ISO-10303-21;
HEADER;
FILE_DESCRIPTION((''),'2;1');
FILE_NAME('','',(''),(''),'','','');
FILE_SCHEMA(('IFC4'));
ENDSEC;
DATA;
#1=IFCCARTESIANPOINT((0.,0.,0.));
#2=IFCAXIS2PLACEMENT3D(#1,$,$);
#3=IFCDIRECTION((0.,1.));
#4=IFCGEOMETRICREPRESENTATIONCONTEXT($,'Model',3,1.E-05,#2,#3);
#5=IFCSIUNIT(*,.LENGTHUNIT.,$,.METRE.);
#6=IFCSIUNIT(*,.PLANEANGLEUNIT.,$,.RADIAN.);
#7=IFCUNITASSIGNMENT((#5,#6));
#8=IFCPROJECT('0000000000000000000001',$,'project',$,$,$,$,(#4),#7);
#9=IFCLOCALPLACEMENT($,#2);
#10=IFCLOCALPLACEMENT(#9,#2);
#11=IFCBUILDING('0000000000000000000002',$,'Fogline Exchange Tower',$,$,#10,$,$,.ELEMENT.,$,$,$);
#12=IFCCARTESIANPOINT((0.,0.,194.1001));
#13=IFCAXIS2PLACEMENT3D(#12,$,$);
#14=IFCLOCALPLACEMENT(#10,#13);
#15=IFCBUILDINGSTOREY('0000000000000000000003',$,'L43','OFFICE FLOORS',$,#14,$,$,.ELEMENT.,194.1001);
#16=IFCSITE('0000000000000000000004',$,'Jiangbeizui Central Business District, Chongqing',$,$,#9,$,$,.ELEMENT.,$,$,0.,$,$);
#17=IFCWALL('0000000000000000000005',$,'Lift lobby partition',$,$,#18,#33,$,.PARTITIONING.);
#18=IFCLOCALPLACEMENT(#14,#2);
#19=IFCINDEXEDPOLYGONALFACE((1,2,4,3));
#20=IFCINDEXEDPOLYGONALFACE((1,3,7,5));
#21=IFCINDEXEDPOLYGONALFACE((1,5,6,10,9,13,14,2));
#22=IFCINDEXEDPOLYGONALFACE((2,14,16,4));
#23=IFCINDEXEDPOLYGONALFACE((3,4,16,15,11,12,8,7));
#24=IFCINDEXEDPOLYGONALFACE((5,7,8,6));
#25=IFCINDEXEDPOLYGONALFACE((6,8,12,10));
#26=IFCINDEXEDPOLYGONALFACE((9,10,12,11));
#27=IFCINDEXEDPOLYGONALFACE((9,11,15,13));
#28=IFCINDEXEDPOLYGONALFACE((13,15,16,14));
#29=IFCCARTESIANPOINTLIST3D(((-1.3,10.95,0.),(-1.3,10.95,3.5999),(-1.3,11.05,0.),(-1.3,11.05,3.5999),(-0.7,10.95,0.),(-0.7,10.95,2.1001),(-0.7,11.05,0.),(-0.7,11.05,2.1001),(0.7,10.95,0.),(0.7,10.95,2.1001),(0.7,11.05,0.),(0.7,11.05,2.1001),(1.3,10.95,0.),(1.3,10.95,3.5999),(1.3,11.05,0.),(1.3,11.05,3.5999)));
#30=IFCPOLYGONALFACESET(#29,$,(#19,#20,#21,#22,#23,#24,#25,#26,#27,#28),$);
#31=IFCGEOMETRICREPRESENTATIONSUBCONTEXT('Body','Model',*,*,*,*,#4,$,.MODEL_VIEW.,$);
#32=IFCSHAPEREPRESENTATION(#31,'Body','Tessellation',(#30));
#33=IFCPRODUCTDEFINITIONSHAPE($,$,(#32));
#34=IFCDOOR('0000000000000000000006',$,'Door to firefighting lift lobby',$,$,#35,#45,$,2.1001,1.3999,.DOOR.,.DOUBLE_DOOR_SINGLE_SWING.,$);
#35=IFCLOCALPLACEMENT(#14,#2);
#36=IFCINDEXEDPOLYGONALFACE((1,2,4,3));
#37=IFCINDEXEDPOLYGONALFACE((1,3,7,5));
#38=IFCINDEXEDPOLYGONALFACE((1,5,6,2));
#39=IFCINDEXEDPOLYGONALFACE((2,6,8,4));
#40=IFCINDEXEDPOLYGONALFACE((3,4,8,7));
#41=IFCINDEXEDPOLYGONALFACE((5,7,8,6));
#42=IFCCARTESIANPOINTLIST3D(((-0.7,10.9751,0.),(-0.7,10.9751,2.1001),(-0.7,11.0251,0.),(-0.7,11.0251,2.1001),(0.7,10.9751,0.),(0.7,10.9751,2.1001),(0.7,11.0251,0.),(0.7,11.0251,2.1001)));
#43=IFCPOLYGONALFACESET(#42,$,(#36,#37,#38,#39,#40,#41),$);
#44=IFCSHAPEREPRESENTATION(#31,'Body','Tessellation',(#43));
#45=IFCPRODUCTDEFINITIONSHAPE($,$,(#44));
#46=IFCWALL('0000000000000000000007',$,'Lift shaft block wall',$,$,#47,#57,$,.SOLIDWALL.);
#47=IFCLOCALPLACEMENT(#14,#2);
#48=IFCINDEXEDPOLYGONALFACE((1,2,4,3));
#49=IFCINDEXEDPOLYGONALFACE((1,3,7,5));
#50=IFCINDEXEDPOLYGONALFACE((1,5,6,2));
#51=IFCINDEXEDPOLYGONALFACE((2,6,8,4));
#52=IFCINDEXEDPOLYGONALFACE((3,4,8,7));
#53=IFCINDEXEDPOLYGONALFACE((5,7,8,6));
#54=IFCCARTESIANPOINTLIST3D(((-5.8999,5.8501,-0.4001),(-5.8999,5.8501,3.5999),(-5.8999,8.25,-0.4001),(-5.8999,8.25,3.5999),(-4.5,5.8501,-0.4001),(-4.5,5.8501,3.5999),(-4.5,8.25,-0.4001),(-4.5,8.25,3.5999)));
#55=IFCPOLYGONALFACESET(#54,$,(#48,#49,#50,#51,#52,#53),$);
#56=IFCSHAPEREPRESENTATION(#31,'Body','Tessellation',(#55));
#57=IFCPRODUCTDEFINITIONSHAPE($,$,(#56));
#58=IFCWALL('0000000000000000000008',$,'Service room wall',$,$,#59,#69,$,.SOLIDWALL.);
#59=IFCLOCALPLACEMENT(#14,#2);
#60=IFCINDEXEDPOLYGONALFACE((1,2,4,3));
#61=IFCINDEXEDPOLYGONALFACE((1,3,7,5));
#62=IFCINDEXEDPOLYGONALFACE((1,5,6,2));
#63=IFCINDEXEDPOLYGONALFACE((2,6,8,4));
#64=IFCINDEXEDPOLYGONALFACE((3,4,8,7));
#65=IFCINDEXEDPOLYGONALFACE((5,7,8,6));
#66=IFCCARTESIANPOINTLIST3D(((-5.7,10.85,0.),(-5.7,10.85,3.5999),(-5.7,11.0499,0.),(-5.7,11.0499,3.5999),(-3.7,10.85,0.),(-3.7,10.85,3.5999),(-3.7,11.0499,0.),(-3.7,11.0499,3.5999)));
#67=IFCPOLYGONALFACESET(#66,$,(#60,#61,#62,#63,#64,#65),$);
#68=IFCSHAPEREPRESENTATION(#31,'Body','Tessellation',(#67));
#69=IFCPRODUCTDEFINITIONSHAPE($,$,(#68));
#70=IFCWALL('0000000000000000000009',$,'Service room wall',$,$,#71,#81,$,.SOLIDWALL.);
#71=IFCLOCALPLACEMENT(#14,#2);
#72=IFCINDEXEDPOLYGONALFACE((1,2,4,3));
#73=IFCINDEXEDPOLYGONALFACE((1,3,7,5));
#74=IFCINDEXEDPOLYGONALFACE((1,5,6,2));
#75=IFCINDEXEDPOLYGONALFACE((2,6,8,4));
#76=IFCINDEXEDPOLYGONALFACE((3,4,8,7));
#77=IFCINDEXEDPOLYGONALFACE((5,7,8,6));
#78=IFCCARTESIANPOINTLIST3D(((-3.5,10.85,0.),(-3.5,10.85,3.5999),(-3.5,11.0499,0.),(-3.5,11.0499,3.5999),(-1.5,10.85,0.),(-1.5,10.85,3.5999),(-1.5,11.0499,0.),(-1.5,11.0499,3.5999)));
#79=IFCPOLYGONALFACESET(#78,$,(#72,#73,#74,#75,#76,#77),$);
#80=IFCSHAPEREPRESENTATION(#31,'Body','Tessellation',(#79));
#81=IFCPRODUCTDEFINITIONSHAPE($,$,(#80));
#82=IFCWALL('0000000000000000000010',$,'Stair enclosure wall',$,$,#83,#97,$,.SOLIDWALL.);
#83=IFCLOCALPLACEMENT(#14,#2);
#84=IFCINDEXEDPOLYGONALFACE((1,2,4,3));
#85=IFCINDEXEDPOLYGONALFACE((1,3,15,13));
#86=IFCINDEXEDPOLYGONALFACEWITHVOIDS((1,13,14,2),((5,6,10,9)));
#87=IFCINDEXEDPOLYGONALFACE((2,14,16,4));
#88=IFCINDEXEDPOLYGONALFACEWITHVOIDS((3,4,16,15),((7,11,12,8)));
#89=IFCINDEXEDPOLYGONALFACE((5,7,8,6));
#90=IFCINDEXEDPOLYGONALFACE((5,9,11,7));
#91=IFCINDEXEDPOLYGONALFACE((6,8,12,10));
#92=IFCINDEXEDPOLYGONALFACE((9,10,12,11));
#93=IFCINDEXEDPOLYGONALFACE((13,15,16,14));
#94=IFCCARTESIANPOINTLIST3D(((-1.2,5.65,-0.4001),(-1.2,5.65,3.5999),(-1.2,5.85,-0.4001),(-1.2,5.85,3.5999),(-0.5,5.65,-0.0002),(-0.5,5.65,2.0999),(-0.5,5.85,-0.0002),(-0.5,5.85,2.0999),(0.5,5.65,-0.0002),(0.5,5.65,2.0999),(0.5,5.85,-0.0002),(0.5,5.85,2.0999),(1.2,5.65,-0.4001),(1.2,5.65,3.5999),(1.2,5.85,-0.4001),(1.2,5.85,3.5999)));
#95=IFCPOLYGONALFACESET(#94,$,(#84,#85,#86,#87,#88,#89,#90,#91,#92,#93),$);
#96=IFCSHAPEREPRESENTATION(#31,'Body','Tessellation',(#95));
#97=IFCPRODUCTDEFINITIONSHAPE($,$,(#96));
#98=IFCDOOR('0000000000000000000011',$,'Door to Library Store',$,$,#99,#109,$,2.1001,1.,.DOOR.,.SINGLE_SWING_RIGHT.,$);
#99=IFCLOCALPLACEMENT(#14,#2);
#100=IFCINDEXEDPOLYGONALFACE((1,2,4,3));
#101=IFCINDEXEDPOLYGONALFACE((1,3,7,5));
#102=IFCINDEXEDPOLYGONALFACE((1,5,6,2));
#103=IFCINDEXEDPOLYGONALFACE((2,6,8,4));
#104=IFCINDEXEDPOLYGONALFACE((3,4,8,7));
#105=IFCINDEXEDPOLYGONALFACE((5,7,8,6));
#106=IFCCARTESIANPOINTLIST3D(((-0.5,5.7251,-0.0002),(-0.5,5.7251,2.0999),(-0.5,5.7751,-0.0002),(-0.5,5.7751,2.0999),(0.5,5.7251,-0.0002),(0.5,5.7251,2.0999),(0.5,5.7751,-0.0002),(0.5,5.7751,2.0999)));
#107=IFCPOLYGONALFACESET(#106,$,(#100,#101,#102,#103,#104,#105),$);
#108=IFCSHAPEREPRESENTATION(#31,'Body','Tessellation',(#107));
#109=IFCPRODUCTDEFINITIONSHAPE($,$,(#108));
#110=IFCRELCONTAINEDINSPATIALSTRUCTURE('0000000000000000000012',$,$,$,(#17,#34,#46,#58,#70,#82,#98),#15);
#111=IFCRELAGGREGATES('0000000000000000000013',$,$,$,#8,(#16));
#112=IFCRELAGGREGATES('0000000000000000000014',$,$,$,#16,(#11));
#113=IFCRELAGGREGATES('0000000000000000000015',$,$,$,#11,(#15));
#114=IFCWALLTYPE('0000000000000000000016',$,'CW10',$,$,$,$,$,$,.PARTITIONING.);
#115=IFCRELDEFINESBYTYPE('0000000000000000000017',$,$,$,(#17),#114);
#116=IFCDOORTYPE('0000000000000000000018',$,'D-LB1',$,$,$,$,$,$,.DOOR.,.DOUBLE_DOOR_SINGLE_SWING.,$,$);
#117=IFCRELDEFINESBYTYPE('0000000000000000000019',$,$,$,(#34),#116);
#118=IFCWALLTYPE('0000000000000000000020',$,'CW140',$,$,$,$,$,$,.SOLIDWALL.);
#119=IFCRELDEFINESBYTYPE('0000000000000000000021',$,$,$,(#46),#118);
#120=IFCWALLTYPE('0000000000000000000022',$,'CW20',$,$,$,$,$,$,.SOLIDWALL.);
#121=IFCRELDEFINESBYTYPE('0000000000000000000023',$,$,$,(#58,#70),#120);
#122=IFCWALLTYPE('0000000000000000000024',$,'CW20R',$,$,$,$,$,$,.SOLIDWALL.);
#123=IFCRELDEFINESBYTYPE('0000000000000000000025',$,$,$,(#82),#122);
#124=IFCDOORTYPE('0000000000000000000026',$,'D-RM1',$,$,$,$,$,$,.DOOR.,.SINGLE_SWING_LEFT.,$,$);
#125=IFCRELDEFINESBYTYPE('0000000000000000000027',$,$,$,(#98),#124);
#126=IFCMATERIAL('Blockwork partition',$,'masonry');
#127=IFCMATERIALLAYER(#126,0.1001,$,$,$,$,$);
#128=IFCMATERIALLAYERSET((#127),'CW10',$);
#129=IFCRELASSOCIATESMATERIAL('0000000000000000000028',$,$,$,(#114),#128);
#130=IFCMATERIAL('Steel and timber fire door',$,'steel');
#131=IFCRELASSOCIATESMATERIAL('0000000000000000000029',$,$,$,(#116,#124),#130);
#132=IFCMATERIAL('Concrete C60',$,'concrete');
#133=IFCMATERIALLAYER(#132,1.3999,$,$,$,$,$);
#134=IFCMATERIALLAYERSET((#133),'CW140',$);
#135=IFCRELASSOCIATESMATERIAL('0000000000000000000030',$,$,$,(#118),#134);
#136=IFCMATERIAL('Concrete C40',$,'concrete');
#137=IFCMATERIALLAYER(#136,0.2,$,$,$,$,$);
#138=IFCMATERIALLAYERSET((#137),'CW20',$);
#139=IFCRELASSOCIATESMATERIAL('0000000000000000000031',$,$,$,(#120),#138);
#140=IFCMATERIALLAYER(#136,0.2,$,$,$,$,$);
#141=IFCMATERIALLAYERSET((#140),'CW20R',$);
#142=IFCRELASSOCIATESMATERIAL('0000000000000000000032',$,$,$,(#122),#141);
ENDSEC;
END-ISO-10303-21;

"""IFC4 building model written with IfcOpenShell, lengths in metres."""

from ifc_helpers import new_model, si_unit, direction, frame, frame_2d, origin, place, context, subcontext, project, spatial, rectangle, extrude, material, layer, layer_set, type_object, element, fill, save


model = new_model("IFC4")

# Units and contexts
model_context = context("Model", 3, precision=1e-05, world=origin(), true_north=direction((0.0, 1.0)))
body_context = subcontext(model_context, "Body", "Model", "MODEL_VIEW")
ifc_project = project(units=[si_unit("LENGTHUNIT", "METRE"), si_unit("PLANEANGLEUNIT", "RADIAN")], contexts=[model_context])

# Site, building, storey
site_placement = place(None, origin())
site = spatial("IfcSite", under=ifc_project, at=site_placement, Name="Jiangbeizui Central Business District, Chongqing", CompositionType="ELEMENT", RefElevation=0.0)
building_placement = place(site_placement, origin())
building = spatial("IfcBuilding", under=site, at=building_placement, Name="Fogline Exchange Tower", CompositionType="ELEMENT")
storey_placement = place(building_placement, frame((0.0, 0.0, 194.1001)))
storey = spatial("IfcBuildingStorey", under=building, at=storey_placement, Name="L43", Description="OFFICE FLOORS", CompositionType="ELEMENT", Elevation=194.1001)

# Wall, opening, door
ifc_material_1 = material(Name="Blockwork partition", Category="masonry")
ifc_layer_1 = layer(ifc_material_1, 0.1001)
ifc_layer_set_1 = layer_set([ifc_layer_1], Name="CW10")
wall_type_1 = type_object("IfcWallType", Name="CW10", PredefinedType="PARTITIONING", material=ifc_layer_set_1)
wall_1_placement = place(storey_placement, frame((-1.3, 11.0, 0.0), z_axis=(0.0, 0.0, 1.0), x_axis=(1.0, 0.0, 0.0)))
wall_1 = element("IfcWall", 1, at=wall_1_placement, inside=storey, type_object=wall_type_1, Name="Lift lobby partition", PredefinedType="PARTITIONING", context=body_context, shape_type="SweptSolid", body=[
    extrude(rectangle(XDim=2.6001, YDim=0.1001, at=frame_2d((1.3, 0.0))), origin(), (0.0, 0.0, 1.0), 3.5999),
])
opening_1_placement = place(wall_1_placement, frame((0.6001, 0.0, 0.0)))
opening_1 = element("IfcOpeningElement", 2, at=opening_1_placement, cuts=wall_1, PredefinedType="OPENING", context=body_context, shape_type="SweptSolid", body=[
    extrude(rectangle(XDim=1.3999, YDim=2.1001, at=frame_2d((0.7, 1.05))), frame((0.0, 0.0601, 0.0), z_axis=(0.0, -1.0, 0.0), x_axis=(1.0, 0.0, 0.0)), (0.0, 0.0, 1.0), 0.1201),
])
ifc_material_2 = material(Name="Steel and timber fire door", Category="steel")
door_type_1 = type_object("IfcDoorType", Name="D-LB1", OperationType="DOUBLE_DOOR_SINGLE_SWING", PredefinedType="DOOR", material=ifc_material_2)
door_1_placement = place(opening_1_placement, frame((1.3999, 0.0, 0.0), z_axis=(0.0, 0.0, 1.0), x_axis=(-1.0, 0.0, 0.0)))
door_1 = element("IfcDoor", 3, at=door_1_placement, inside=storey, type_object=door_type_1, Name="Door to firefighting lift lobby", OperationType="DOUBLE_DOOR_SINGLE_SWING", OverallHeight=2.1001, OverallWidth=1.3999, PredefinedType="DOOR", context=body_context, shape_type="SweptSolid", body=[
    extrude(rectangle(XDim=1.3999, YDim=2.1001, at=frame_2d((0.7, 1.05))), frame((0.0, 0.0249, 0.0), z_axis=(0.0, -1.0, 0.0), x_axis=(1.0, 0.0, 0.0)), (0.0, 0.0, 1.0), 0.05),
])
fill(opening_1, door_1)

# Walls
ifc_material_3 = material(Name="Concrete C60", Category="concrete")
ifc_layer_2 = layer(ifc_material_3, 1.3999)
ifc_layer_set_2 = layer_set([ifc_layer_2], Name="CW140")
wall_type_2 = type_object("IfcWallType", Name="CW140", PredefinedType="SOLIDWALL", material=ifc_layer_set_2)
wall_2_placement = place(storey_placement, frame((-5.2, 5.8501, -0.4001), z_axis=(0.0, 0.0, 1.0), x_axis=(0.0, 1.0, 0.0)))
element("IfcWall", 4, at=wall_2_placement, inside=storey, type_object=wall_type_2, Name="Lift shaft block wall", PredefinedType="SOLIDWALL", context=body_context, shape_type="SweptSolid", body=[
    extrude(rectangle(XDim=2.3999, YDim=1.3999, at=frame_2d((1.2, 0.0))), origin(), (0.0, 0.0, 1.0), 4.0),
])
ifc_material_4 = material(Name="Concrete C40", Category="concrete")
ifc_layer_3 = layer(ifc_material_4, 0.2)
ifc_layer_set_3 = layer_set([ifc_layer_3], Name="CW20")
wall_type_3 = type_object("IfcWallType", Name="CW20", PredefinedType="SOLIDWALL", material=ifc_layer_set_3)
for number, where, z_axis, x_axis, name in (
    (5, (-5.7, 10.95, 0.0), (0.0, 0.0, 1.0), (1.0, 0.0, 0.0), "Service room wall"),
    (6, (-3.5, 10.95, 0.0), (0.0, 0.0, 1.0), (1.0, 0.0, 0.0), "Service room wall"),
):
    element("IfcWall", number, at=place(storey_placement, frame(where, z_axis=z_axis, x_axis=x_axis)), inside=storey, type_object=wall_type_3, Name=name, PredefinedType="SOLIDWALL", context=body_context, shape_type="SweptSolid", body=[
        extrude(rectangle(XDim=2.0, YDim=0.2, at=frame_2d((1.0, 0.0))), origin(), (0.0, 0.0, 1.0), 3.5999),
    ])

# Wall, opening, door
ifc_layer_4 = layer(ifc_material_4, 0.2)
ifc_layer_set_4 = layer_set([ifc_layer_4], Name="CW20R")
wall_type_4 = type_object("IfcWallType", Name="CW20R", PredefinedType="SOLIDWALL", material=ifc_layer_set_4)
wall_3_placement = place(storey_placement, frame((-1.2, 5.75, -0.4001), z_axis=(0.0, 0.0, 1.0), x_axis=(1.0, 0.0, 0.0)))
wall_3 = element("IfcWall", 7, at=wall_3_placement, inside=storey, type_object=wall_type_4, Name="Stair enclosure wall", PredefinedType="SOLIDWALL", context=body_context, shape_type="SweptSolid", body=[
    extrude(rectangle(XDim=2.3999, YDim=0.2, at=frame_2d((1.2, 0.0))), origin(), (0.0, 0.0, 1.0), 4.0),
])
opening_2_placement = place(wall_3_placement, frame((0.7, 0.0, 0.3999)))
opening_2 = element("IfcOpeningElement", 8, at=opening_2_placement, cuts=wall_3, PredefinedType="OPENING", context=body_context, shape_type="SweptSolid", body=[
    extrude(rectangle(XDim=1.0, YDim=2.1001, at=frame_2d((0.5, 1.05))), frame((0.0, 0.1099, 0.0), z_axis=(0.0, -1.0, 0.0), x_axis=(1.0, 0.0, 0.0)), (0.0, 0.0, 1.0), 0.22),
])
door_type_2 = type_object("IfcDoorType", Name="D-RM1", OperationType="SINGLE_SWING_LEFT", PredefinedType="DOOR", material=ifc_material_2)
door_2_placement = place(opening_2_placement, frame((1.0, 0.0, 0.0), z_axis=(0.0, 0.0, 1.0), x_axis=(-1.0, 0.0, 0.0)))
door_2 = element("IfcDoor", 9, at=door_2_placement, inside=storey, type_object=door_type_2, Name="Door to Library Store", OperationType="SINGLE_SWING_RIGHT", OverallHeight=2.1001, OverallWidth=1.0, PredefinedType="DOOR", context=body_context, shape_type="SweptSolid", body=[
    extrude(rectangle(XDim=1.0, YDim=2.1001, at=frame_2d((0.5, 1.05))), frame((0.0, 0.0249, 0.0), z_axis=(0.0, -1.0, 0.0), x_axis=(1.0, 0.0, 0.0)), (0.0, 0.0, 1.0), 0.05),
])
fill(opening_2, door_2)

save(model, "model.ifc")
